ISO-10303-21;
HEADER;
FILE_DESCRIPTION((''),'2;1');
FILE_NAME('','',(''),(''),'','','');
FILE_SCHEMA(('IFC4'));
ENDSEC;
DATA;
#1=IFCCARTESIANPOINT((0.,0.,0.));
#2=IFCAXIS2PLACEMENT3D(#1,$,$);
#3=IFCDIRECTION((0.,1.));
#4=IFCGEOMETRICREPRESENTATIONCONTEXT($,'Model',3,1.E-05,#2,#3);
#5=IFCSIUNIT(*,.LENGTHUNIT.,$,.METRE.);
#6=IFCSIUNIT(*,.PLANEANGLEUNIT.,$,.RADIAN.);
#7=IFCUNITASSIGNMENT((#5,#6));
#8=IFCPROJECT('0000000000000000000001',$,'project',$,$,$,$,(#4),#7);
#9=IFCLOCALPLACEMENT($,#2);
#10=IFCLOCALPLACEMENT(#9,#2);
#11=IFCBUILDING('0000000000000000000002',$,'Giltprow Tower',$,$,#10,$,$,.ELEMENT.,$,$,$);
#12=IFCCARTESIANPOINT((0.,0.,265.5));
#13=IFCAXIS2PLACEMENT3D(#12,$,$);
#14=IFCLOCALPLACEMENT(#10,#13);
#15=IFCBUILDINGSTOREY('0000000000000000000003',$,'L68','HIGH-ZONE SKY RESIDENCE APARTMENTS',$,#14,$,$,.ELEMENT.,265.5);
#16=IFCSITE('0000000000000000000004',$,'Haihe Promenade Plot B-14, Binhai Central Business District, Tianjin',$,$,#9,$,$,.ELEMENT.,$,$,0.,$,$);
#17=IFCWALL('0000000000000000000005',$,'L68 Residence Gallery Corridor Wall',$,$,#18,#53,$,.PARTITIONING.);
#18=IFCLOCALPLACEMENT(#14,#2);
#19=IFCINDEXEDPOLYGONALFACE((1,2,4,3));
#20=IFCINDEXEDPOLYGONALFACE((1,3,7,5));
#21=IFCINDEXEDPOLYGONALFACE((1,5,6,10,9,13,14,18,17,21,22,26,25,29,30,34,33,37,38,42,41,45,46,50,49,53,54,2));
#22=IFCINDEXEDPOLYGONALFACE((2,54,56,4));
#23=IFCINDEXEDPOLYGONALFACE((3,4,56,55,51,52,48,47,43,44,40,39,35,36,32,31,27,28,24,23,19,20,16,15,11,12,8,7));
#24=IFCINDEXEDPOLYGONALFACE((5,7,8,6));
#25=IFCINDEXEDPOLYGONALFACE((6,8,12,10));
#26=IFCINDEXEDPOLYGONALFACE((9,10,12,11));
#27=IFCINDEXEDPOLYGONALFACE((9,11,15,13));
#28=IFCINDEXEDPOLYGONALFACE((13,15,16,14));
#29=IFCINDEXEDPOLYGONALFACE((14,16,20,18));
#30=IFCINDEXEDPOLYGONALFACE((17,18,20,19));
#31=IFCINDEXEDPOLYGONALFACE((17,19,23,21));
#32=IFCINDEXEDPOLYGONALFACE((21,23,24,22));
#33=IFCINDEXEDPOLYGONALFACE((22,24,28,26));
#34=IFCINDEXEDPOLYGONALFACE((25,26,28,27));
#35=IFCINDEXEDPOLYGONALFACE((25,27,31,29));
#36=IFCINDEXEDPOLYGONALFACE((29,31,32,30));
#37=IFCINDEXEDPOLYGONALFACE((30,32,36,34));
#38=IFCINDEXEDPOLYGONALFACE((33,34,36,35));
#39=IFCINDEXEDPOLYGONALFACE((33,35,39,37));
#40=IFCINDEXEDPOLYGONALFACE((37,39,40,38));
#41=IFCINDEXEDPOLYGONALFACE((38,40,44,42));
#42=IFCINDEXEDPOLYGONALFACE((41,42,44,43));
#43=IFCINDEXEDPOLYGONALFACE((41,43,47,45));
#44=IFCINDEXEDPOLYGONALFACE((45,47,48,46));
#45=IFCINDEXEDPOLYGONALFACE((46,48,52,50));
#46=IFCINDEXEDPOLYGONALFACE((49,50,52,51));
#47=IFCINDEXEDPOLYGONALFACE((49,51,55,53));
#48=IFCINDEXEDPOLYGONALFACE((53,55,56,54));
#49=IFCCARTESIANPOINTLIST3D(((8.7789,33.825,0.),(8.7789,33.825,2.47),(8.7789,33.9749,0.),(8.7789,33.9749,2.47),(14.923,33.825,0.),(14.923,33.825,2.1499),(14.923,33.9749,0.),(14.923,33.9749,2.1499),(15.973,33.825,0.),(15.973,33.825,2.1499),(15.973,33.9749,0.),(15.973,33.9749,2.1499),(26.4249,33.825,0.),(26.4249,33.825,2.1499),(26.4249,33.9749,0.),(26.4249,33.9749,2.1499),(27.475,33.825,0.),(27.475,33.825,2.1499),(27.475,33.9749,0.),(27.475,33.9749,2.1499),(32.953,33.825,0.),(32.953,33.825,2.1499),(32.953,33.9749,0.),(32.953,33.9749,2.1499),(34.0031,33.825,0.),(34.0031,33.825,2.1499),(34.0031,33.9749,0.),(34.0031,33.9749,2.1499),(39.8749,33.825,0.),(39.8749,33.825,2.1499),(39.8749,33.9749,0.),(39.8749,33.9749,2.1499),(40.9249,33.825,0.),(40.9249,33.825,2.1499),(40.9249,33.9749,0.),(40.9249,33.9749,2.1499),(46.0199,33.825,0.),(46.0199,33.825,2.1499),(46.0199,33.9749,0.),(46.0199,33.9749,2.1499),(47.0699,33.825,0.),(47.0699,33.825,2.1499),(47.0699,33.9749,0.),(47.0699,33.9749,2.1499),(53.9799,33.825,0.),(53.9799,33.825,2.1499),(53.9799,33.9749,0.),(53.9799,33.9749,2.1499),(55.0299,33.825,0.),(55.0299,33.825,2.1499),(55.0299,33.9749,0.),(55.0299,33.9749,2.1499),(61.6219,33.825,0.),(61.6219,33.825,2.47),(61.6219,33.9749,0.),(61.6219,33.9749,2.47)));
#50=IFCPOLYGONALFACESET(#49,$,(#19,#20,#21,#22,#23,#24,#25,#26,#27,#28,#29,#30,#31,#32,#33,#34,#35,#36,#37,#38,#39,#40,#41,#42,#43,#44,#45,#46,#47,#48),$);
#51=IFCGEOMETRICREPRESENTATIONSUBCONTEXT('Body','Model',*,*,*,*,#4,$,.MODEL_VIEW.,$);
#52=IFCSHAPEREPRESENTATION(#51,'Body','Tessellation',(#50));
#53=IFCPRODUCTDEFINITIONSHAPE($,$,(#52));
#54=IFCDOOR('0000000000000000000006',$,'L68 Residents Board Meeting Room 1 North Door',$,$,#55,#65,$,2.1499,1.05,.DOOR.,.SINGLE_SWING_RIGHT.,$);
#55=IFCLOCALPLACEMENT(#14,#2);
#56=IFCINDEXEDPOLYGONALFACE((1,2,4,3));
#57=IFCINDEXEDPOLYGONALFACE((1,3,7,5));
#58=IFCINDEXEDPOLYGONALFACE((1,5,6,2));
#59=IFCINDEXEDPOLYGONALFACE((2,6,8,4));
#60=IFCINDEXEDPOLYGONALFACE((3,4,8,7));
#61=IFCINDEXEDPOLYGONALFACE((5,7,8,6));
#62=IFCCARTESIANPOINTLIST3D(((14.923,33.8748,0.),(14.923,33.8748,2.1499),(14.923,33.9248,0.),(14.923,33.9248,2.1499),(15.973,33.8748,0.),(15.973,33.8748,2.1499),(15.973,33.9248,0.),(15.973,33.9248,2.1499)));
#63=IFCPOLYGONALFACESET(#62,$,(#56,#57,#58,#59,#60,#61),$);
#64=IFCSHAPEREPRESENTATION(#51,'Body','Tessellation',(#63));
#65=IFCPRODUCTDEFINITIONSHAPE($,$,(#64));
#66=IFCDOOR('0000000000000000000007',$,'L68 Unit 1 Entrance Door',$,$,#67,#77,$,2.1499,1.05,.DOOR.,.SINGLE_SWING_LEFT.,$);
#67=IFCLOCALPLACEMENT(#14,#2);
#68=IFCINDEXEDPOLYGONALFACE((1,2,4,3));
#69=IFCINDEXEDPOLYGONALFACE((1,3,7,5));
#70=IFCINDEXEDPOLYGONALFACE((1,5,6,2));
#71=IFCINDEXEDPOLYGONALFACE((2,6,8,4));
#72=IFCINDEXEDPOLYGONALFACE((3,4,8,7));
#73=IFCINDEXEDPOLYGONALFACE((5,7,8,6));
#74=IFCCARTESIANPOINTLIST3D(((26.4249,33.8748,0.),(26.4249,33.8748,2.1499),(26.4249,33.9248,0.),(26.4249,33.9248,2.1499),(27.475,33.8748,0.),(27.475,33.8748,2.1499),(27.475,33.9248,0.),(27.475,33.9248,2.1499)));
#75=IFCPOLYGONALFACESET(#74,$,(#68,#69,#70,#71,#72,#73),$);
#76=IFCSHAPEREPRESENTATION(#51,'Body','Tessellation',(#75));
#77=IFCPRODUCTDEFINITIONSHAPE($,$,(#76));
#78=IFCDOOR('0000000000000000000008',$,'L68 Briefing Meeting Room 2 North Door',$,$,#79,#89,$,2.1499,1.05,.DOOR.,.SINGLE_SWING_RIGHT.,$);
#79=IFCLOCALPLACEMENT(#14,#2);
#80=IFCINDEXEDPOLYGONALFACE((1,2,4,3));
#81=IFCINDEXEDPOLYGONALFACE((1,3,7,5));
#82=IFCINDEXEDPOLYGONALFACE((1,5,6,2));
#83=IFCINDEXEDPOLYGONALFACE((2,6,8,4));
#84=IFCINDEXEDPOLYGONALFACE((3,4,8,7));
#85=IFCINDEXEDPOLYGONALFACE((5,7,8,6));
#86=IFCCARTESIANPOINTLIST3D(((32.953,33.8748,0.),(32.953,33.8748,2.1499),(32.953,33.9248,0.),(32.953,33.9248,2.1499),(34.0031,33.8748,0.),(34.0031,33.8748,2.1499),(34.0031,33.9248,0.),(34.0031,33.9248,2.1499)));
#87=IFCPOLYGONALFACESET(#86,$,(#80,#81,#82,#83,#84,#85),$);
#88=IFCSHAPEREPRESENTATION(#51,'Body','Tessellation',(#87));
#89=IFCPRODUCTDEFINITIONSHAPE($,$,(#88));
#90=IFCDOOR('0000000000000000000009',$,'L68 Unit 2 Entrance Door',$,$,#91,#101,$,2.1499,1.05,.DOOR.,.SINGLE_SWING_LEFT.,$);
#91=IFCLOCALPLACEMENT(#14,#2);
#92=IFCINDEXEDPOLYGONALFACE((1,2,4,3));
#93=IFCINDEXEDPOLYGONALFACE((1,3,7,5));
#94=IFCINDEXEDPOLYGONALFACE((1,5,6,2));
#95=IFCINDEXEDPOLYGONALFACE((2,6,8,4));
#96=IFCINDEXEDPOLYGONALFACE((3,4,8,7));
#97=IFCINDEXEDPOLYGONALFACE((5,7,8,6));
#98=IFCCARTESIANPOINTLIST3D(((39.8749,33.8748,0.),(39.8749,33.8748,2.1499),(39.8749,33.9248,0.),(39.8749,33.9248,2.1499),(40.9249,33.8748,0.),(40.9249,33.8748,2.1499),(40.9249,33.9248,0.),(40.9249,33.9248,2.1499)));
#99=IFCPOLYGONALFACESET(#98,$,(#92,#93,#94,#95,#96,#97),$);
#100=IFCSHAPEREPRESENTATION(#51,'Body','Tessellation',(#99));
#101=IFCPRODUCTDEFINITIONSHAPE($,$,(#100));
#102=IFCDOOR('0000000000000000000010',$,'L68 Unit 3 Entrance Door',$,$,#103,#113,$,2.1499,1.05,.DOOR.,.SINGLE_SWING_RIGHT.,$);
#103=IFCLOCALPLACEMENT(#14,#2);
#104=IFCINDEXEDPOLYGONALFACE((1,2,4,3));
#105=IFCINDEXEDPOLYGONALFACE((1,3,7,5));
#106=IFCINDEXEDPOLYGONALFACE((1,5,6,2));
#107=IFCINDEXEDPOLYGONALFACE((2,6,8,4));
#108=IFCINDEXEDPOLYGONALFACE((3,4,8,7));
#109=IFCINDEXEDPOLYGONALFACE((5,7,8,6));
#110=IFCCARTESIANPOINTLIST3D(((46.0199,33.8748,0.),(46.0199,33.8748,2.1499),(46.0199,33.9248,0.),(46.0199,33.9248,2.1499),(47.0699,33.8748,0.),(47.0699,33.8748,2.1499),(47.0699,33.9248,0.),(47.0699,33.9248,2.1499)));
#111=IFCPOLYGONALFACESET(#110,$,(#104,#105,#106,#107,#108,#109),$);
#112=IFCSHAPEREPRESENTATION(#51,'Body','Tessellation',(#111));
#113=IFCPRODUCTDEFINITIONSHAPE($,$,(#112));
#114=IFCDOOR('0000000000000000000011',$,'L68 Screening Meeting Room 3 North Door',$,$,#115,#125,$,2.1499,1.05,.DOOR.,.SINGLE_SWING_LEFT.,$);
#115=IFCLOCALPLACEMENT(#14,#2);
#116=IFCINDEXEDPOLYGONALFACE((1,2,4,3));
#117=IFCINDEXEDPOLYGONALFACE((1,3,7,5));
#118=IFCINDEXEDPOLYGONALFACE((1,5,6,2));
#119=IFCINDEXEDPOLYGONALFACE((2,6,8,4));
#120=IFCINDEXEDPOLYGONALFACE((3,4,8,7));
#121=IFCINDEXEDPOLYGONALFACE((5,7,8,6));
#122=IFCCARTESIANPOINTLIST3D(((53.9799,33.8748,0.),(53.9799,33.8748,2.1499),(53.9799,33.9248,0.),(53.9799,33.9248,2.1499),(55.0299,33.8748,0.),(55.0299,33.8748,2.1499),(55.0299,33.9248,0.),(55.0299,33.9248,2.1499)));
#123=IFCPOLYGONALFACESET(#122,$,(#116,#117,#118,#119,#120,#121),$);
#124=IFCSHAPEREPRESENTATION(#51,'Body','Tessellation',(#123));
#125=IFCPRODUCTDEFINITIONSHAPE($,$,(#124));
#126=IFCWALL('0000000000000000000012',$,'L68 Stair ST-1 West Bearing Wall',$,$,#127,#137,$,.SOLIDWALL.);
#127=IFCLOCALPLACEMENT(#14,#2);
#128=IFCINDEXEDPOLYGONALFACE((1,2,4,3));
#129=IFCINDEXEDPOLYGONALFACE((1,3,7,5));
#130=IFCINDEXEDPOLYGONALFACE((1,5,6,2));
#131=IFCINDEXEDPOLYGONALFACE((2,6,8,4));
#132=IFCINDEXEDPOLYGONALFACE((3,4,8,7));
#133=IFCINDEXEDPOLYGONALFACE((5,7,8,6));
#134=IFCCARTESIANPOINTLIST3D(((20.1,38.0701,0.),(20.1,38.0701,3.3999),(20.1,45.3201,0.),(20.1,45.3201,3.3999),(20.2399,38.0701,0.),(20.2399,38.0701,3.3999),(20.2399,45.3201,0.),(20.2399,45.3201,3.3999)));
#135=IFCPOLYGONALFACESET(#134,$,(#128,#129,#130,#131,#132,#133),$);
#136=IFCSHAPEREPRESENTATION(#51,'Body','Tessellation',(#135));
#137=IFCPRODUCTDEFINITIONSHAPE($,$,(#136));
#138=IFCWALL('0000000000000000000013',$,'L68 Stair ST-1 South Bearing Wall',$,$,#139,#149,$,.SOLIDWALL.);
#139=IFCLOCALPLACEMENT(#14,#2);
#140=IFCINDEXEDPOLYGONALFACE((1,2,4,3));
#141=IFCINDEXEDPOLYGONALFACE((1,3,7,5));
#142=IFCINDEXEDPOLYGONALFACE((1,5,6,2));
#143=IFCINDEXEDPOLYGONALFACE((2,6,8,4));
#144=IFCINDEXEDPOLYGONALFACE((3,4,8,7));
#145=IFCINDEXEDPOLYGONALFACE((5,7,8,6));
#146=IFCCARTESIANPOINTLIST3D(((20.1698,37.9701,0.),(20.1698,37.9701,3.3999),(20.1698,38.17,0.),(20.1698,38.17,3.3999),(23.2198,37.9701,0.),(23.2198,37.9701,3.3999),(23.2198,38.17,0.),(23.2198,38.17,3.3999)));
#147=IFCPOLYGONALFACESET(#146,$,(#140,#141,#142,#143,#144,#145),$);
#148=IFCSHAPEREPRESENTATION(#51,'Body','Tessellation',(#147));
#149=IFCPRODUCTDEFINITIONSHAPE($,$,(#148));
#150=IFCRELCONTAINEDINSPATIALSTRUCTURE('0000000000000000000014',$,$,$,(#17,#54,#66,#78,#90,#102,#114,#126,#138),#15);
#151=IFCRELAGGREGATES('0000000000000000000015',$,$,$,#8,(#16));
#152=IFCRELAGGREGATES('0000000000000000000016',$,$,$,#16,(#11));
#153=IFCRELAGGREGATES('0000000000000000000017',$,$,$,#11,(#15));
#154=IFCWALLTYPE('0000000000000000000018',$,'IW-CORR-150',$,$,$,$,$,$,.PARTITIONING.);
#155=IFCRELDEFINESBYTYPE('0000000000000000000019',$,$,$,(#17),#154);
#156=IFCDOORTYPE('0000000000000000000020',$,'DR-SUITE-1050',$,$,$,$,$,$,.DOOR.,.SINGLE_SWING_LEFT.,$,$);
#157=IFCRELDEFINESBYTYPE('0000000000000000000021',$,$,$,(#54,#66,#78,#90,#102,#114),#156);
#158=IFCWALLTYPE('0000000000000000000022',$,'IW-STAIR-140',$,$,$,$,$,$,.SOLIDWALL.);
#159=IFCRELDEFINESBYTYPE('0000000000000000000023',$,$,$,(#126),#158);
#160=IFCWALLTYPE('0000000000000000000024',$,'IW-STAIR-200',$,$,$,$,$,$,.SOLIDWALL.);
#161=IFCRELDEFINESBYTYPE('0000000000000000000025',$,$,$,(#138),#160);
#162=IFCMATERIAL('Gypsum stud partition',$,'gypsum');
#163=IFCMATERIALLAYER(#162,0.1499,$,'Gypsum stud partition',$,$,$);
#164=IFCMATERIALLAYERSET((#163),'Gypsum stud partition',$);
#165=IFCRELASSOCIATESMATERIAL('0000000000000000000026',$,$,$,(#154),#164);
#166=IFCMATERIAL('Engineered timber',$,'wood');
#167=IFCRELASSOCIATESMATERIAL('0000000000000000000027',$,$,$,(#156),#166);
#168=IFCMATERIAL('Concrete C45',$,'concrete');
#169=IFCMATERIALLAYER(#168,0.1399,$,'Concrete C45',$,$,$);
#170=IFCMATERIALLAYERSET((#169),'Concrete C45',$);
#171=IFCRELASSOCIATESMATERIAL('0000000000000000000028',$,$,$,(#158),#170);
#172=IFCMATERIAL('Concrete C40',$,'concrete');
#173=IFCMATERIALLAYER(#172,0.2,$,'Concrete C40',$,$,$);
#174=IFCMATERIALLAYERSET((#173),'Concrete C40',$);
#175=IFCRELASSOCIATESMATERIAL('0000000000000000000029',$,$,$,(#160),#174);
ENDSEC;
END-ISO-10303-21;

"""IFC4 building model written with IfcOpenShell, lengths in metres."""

from ifc_helpers import new_model, si_unit, direction, frame, frame_2d, origin, place, context, subcontext, project, spatial, rectangle, extrude, source, transform, mapped, material, layer, layer_set, type_object, element, fill, save


model = new_model("IFC4")

# Units and contexts
model_context = context("Model", 3, precision=1e-05, world=origin(), true_north=direction((0.0, 1.0)))
body_context = subcontext(model_context, "Body", "Model", "MODEL_VIEW")
ifc_project = project(units=[si_unit("LENGTHUNIT", "METRE"), si_unit("PLANEANGLEUNIT", "RADIAN")], contexts=[model_context])

# Site, building, storey
site_placement = place(None, origin())
site = spatial("IfcSite", under=ifc_project, at=site_placement, Name="Haihe Promenade Plot B-14, Binhai Central Business District, Tianjin", CompositionType="ELEMENT", RefElevation=0.0)
building_placement = place(site_placement, origin())
building = spatial("IfcBuilding", under=site, at=building_placement, Name="Giltprow Tower", CompositionType="ELEMENT")
storey_placement = place(building_placement, frame((0.0, 0.0, 265.5)))
storey = spatial("IfcBuildingStorey", under=building, at=storey_placement, Name="L68", Description="HIGH-ZONE SKY RESIDENCE APARTMENTS", CompositionType="ELEMENT", Elevation=265.5)

# Shared definitions
ifc_material_1 = material(Name="Concrete C45", Category="concrete")

# Wall, openings, doors
ifc_material_2 = material(Name="Gypsum stud partition", Category="gypsum")
ifc_layer_1 = layer(ifc_material_2, 0.1499, Name="Gypsum stud partition")
ifc_layer_set_1 = layer_set([ifc_layer_1], Name="Gypsum stud partition")
wall_type_1 = type_object("IfcWallType", Name="IW-CORR-150", PredefinedType="PARTITIONING", material=ifc_layer_set_1)
wall_1_placement = place(storey_placement, frame((8.7791, 33.8999, 0.0), z_axis=(0.0, 0.0, 1.0), x_axis=(1.0, 0.0, 0.0)))
wall_1 = element("IfcWall", 1, at=wall_1_placement, inside=storey, type_object=wall_type_1, Name="L68 Residence Gallery Corridor Wall", PredefinedType="PARTITIONING", context=body_context, shape_type="SweptSolid", body=[
    extrude(rectangle(XDim=52.843, YDim=0.1499, at=frame_2d((26.4214, 0.0))), origin(), (0.0, 0.0, 1.0), 2.47),
])
opening_1_placement = place(wall_1_placement, frame((6.144, 0.0, 0.0)))
opening_1 = element("IfcOpeningElement", 2, at=opening_1_placement, cuts=wall_1, PredefinedType="OPENING", context=body_context, shape_type="SweptSolid", body=[
    extrude(rectangle(XDim=1.05, YDim=2.1499, at=frame_2d((0.5249, 1.075))), frame((0.0, 0.085, 0.0), z_axis=(0.0, -1.0, 0.0), x_axis=(1.0, 0.0, 0.0)), (0.0, 0.0, 1.0), 0.1699),
])
opening_2_placement = place(wall_1_placement, frame((17.646, 0.0, 0.0)))
opening_2 = element("IfcOpeningElement", 3, at=opening_2_placement, cuts=wall_1, PredefinedType="OPENING", context=body_context, shape_type="SweptSolid", body=[
    extrude(rectangle(XDim=1.05, YDim=2.1499, at=frame_2d((0.5249, 1.075))), frame((0.0, 0.085, 0.0), z_axis=(0.0, -1.0, 0.0), x_axis=(1.0, 0.0, 0.0)), (0.0, 0.0, 1.0), 0.1699),
])
opening_3_placement = place(wall_1_placement, frame((24.1741, 0.0, 0.0)))
opening_3 = element("IfcOpeningElement", 4, at=opening_3_placement, cuts=wall_1, PredefinedType="OPENING", context=body_context, shape_type="SweptSolid", body=[
    extrude(rectangle(XDim=1.05, YDim=2.1499, at=frame_2d((0.5249, 1.075))), frame((0.0, 0.085, 0.0), z_axis=(0.0, -1.0, 0.0), x_axis=(1.0, 0.0, 0.0)), (0.0, 0.0, 1.0), 0.1699),
])
opening_4_placement = place(wall_1_placement, frame((31.0959, 0.0, 0.0)))
opening_4 = element("IfcOpeningElement", 5, at=opening_4_placement, cuts=wall_1, PredefinedType="OPENING", context=body_context, shape_type="SweptSolid", body=[
    extrude(rectangle(XDim=1.05, YDim=2.1499, at=frame_2d((0.5249, 1.075))), frame((0.0, 0.085, 0.0), z_axis=(0.0, -1.0, 0.0), x_axis=(1.0, 0.0, 0.0)), (0.0, 0.0, 1.0), 0.1699),
])
opening_5_placement = place(wall_1_placement, frame((37.241, 0.0, 0.0)))
opening_5 = element("IfcOpeningElement", 6, at=opening_5_placement, cuts=wall_1, PredefinedType="OPENING", context=body_context, shape_type="SweptSolid", body=[
    extrude(rectangle(XDim=1.05, YDim=2.1499, at=frame_2d((0.5249, 1.075))), frame((0.0, 0.085, 0.0), z_axis=(0.0, -1.0, 0.0), x_axis=(1.0, 0.0, 0.0)), (0.0, 0.0, 1.0), 0.1699),
])
opening_6_placement = place(wall_1_placement, frame((45.2009, 0.0, 0.0)))
opening_6 = element("IfcOpeningElement", 7, at=opening_6_placement, cuts=wall_1, PredefinedType="OPENING", context=body_context, shape_type="SweptSolid", body=[
    extrude(rectangle(XDim=1.05, YDim=2.1499, at=frame_2d((0.5249, 1.075))), frame((0.0, 0.085, 0.0), z_axis=(0.0, -1.0, 0.0), x_axis=(1.0, 0.0, 0.0)), (0.0, 0.0, 1.0), 0.1699),
])
ifc_material_3 = material(Name="Engineered timber", Category="wood")
door_type_1 = type_object("IfcDoorType", Name="DR-SUITE-1050", OperationType="SINGLE_SWING_LEFT", PredefinedType="DOOR", material=ifc_material_3)
shared_shape_1 = source(origin(), body_context, "Body", "SweptSolid", [
    extrude(rectangle(XDim=1.05, YDim=2.1499, at=frame_2d((0.5249, 1.075))), frame((0.0, 0.0249, 0.0), z_axis=(0.0, -1.0, 0.0), x_axis=(1.0, 0.0, 0.0)), (0.0, 0.0, 1.0), 0.05),
])
door_1_placement = place(opening_1_placement, origin())
door_1 = element("IfcDoor", 8, at=door_1_placement, inside=storey, type_object=door_type_1, Name="L68 Residents Board Meeting Room 1 North Door", OperationType="SINGLE_SWING_RIGHT", OverallHeight=2.1499, OverallWidth=1.05, PredefinedType="DOOR", context=body_context, shape_type="MappedRepresentation", body=[
    mapped(shared_shape_1, transform((0.0, 0.0, 0.0), x_axis=(1.0, 0.0, 0.0), y_axis=(0.0, 1.0, 0.0), z_axis=(0.0, 0.0, 1.0), scale=1.0)),
])
fill(opening_1, door_1)
door_2_placement = place(opening_2_placement, origin())
door_2 = element("IfcDoor", 9, at=door_2_placement, inside=storey, type_object=door_type_1, Name="L68 Unit 1 Entrance Door", OperationType="SINGLE_SWING_LEFT", OverallHeight=2.1499, OverallWidth=1.05, PredefinedType="DOOR", context=body_context, shape_type="MappedRepresentation", body=[
    mapped(shared_shape_1, transform((0.0, 0.0, 0.0), x_axis=(1.0, 0.0, 0.0), y_axis=(0.0, 1.0, 0.0), z_axis=(0.0, 0.0, 1.0), scale=1.0)),
])
fill(opening_2, door_2)
door_3_placement = place(opening_3_placement, origin())
door_3 = element("IfcDoor", 10, at=door_3_placement, inside=storey, type_object=door_type_1, Name="L68 Briefing Meeting Room 2 North Door", OperationType="SINGLE_SWING_RIGHT", OverallHeight=2.1499, OverallWidth=1.05, PredefinedType="DOOR", context=body_context, shape_type="MappedRepresentation", body=[
    mapped(shared_shape_1, transform((0.0, 0.0, 0.0), x_axis=(1.0, 0.0, 0.0), y_axis=(0.0, 1.0, 0.0), z_axis=(0.0, 0.0, 1.0), scale=1.0)),
])
fill(opening_3, door_3)
door_4_placement = place(opening_4_placement, origin())
door_4 = element("IfcDoor", 11, at=door_4_placement, inside=storey, type_object=door_type_1, Name="L68 Unit 2 Entrance Door", OperationType="SINGLE_SWING_LEFT", OverallHeight=2.1499, OverallWidth=1.05, PredefinedType="DOOR", context=body_context, shape_type="MappedRepresentation", body=[
    mapped(shared_shape_1, transform((0.0, 0.0, 0.0), x_axis=(1.0, 0.0, 0.0), y_axis=(0.0, 1.0, 0.0), z_axis=(0.0, 0.0, 1.0), scale=1.0)),
])
fill(opening_4, door_4)
door_5_placement = place(opening_5_placement, origin())
door_5 = element("IfcDoor", 12, at=door_5_placement, inside=storey, type_object=door_type_1, Name="L68 Unit 3 Entrance Door", OperationType="SINGLE_SWING_RIGHT", OverallHeight=2.1499, OverallWidth=1.05, PredefinedType="DOOR", context=body_context, shape_type="MappedRepresentation", body=[
    mapped(shared_shape_1, transform((0.0, 0.0, 0.0), x_axis=(1.0, 0.0, 0.0), y_axis=(0.0, 1.0, 0.0), z_axis=(0.0, 0.0, 1.0), scale=1.0)),
])
fill(opening_5, door_5)
door_6_placement = place(opening_6_placement, origin())
door_6 = element("IfcDoor", 13, at=door_6_placement, inside=storey, type_object=door_type_1, Name="L68 Screening Meeting Room 3 North Door", OperationType="SINGLE_SWING_LEFT", OverallHeight=2.1499, OverallWidth=1.05, PredefinedType="DOOR", context=body_context, shape_type="MappedRepresentation", body=[
    mapped(shared_shape_1, transform((0.0, 0.0, 0.0), x_axis=(1.0, 0.0, 0.0), y_axis=(0.0, 1.0, 0.0), z_axis=(0.0, 0.0, 1.0), scale=1.0)),
])
fill(opening_6, door_6)

# Walls
ifc_layer_2 = layer(ifc_material_1, 0.1399, Name="Concrete C45")
ifc_layer_set_2 = layer_set([ifc_layer_2], Name="Concrete C45")
wall_type_2 = type_object("IfcWallType", Name="IW-STAIR-140", PredefinedType="SOLIDWALL", material=ifc_layer_set_2)
wall_2_placement = place(storey_placement, frame((20.1699, 38.0701, 0.0), z_axis=(0.0, 0.0, 1.0), x_axis=(0.0, 1.0, 0.0)))
element("IfcWall", 14, at=wall_2_placement, inside=storey, type_object=wall_type_2, Name="L68 Stair ST-1 West Bearing Wall", PredefinedType="SOLIDWALL", context=body_context, shape_type="SweptSolid", body=[
    extrude(rectangle(XDim=7.25, YDim=0.1399, at=frame_2d((3.625, 0.0))), origin(), (0.0, 0.0, 1.0), 3.3999),
])
ifc_material_4 = material(Name="Concrete C40", Category="concrete")
ifc_layer_3 = layer(ifc_material_4, 0.2, Name="Concrete C40")
ifc_layer_set_3 = layer_set([ifc_layer_3], Name="Concrete C40")
wall_type_3 = type_object("IfcWallType", Name="IW-STAIR-200", PredefinedType="SOLIDWALL", material=ifc_layer_set_3)
wall_3_placement = place(storey_placement, frame((20.1699, 38.0701, 0.0), z_axis=(0.0, 0.0, 1.0), x_axis=(1.0, 0.0, 0.0)))
element("IfcWall", 15, at=wall_3_placement, inside=storey, type_object=wall_type_3, Name="L68 Stair ST-1 South Bearing Wall", PredefinedType="SOLIDWALL", context=body_context, shape_type="SweptSolid", body=[
    extrude(rectangle(XDim=3.05, YDim=0.2, at=frame_2d((1.5249, 0.0))), origin(), (0.0, 0.0, 1.0), 3.3999),
])

save(model, "model.ifc")
